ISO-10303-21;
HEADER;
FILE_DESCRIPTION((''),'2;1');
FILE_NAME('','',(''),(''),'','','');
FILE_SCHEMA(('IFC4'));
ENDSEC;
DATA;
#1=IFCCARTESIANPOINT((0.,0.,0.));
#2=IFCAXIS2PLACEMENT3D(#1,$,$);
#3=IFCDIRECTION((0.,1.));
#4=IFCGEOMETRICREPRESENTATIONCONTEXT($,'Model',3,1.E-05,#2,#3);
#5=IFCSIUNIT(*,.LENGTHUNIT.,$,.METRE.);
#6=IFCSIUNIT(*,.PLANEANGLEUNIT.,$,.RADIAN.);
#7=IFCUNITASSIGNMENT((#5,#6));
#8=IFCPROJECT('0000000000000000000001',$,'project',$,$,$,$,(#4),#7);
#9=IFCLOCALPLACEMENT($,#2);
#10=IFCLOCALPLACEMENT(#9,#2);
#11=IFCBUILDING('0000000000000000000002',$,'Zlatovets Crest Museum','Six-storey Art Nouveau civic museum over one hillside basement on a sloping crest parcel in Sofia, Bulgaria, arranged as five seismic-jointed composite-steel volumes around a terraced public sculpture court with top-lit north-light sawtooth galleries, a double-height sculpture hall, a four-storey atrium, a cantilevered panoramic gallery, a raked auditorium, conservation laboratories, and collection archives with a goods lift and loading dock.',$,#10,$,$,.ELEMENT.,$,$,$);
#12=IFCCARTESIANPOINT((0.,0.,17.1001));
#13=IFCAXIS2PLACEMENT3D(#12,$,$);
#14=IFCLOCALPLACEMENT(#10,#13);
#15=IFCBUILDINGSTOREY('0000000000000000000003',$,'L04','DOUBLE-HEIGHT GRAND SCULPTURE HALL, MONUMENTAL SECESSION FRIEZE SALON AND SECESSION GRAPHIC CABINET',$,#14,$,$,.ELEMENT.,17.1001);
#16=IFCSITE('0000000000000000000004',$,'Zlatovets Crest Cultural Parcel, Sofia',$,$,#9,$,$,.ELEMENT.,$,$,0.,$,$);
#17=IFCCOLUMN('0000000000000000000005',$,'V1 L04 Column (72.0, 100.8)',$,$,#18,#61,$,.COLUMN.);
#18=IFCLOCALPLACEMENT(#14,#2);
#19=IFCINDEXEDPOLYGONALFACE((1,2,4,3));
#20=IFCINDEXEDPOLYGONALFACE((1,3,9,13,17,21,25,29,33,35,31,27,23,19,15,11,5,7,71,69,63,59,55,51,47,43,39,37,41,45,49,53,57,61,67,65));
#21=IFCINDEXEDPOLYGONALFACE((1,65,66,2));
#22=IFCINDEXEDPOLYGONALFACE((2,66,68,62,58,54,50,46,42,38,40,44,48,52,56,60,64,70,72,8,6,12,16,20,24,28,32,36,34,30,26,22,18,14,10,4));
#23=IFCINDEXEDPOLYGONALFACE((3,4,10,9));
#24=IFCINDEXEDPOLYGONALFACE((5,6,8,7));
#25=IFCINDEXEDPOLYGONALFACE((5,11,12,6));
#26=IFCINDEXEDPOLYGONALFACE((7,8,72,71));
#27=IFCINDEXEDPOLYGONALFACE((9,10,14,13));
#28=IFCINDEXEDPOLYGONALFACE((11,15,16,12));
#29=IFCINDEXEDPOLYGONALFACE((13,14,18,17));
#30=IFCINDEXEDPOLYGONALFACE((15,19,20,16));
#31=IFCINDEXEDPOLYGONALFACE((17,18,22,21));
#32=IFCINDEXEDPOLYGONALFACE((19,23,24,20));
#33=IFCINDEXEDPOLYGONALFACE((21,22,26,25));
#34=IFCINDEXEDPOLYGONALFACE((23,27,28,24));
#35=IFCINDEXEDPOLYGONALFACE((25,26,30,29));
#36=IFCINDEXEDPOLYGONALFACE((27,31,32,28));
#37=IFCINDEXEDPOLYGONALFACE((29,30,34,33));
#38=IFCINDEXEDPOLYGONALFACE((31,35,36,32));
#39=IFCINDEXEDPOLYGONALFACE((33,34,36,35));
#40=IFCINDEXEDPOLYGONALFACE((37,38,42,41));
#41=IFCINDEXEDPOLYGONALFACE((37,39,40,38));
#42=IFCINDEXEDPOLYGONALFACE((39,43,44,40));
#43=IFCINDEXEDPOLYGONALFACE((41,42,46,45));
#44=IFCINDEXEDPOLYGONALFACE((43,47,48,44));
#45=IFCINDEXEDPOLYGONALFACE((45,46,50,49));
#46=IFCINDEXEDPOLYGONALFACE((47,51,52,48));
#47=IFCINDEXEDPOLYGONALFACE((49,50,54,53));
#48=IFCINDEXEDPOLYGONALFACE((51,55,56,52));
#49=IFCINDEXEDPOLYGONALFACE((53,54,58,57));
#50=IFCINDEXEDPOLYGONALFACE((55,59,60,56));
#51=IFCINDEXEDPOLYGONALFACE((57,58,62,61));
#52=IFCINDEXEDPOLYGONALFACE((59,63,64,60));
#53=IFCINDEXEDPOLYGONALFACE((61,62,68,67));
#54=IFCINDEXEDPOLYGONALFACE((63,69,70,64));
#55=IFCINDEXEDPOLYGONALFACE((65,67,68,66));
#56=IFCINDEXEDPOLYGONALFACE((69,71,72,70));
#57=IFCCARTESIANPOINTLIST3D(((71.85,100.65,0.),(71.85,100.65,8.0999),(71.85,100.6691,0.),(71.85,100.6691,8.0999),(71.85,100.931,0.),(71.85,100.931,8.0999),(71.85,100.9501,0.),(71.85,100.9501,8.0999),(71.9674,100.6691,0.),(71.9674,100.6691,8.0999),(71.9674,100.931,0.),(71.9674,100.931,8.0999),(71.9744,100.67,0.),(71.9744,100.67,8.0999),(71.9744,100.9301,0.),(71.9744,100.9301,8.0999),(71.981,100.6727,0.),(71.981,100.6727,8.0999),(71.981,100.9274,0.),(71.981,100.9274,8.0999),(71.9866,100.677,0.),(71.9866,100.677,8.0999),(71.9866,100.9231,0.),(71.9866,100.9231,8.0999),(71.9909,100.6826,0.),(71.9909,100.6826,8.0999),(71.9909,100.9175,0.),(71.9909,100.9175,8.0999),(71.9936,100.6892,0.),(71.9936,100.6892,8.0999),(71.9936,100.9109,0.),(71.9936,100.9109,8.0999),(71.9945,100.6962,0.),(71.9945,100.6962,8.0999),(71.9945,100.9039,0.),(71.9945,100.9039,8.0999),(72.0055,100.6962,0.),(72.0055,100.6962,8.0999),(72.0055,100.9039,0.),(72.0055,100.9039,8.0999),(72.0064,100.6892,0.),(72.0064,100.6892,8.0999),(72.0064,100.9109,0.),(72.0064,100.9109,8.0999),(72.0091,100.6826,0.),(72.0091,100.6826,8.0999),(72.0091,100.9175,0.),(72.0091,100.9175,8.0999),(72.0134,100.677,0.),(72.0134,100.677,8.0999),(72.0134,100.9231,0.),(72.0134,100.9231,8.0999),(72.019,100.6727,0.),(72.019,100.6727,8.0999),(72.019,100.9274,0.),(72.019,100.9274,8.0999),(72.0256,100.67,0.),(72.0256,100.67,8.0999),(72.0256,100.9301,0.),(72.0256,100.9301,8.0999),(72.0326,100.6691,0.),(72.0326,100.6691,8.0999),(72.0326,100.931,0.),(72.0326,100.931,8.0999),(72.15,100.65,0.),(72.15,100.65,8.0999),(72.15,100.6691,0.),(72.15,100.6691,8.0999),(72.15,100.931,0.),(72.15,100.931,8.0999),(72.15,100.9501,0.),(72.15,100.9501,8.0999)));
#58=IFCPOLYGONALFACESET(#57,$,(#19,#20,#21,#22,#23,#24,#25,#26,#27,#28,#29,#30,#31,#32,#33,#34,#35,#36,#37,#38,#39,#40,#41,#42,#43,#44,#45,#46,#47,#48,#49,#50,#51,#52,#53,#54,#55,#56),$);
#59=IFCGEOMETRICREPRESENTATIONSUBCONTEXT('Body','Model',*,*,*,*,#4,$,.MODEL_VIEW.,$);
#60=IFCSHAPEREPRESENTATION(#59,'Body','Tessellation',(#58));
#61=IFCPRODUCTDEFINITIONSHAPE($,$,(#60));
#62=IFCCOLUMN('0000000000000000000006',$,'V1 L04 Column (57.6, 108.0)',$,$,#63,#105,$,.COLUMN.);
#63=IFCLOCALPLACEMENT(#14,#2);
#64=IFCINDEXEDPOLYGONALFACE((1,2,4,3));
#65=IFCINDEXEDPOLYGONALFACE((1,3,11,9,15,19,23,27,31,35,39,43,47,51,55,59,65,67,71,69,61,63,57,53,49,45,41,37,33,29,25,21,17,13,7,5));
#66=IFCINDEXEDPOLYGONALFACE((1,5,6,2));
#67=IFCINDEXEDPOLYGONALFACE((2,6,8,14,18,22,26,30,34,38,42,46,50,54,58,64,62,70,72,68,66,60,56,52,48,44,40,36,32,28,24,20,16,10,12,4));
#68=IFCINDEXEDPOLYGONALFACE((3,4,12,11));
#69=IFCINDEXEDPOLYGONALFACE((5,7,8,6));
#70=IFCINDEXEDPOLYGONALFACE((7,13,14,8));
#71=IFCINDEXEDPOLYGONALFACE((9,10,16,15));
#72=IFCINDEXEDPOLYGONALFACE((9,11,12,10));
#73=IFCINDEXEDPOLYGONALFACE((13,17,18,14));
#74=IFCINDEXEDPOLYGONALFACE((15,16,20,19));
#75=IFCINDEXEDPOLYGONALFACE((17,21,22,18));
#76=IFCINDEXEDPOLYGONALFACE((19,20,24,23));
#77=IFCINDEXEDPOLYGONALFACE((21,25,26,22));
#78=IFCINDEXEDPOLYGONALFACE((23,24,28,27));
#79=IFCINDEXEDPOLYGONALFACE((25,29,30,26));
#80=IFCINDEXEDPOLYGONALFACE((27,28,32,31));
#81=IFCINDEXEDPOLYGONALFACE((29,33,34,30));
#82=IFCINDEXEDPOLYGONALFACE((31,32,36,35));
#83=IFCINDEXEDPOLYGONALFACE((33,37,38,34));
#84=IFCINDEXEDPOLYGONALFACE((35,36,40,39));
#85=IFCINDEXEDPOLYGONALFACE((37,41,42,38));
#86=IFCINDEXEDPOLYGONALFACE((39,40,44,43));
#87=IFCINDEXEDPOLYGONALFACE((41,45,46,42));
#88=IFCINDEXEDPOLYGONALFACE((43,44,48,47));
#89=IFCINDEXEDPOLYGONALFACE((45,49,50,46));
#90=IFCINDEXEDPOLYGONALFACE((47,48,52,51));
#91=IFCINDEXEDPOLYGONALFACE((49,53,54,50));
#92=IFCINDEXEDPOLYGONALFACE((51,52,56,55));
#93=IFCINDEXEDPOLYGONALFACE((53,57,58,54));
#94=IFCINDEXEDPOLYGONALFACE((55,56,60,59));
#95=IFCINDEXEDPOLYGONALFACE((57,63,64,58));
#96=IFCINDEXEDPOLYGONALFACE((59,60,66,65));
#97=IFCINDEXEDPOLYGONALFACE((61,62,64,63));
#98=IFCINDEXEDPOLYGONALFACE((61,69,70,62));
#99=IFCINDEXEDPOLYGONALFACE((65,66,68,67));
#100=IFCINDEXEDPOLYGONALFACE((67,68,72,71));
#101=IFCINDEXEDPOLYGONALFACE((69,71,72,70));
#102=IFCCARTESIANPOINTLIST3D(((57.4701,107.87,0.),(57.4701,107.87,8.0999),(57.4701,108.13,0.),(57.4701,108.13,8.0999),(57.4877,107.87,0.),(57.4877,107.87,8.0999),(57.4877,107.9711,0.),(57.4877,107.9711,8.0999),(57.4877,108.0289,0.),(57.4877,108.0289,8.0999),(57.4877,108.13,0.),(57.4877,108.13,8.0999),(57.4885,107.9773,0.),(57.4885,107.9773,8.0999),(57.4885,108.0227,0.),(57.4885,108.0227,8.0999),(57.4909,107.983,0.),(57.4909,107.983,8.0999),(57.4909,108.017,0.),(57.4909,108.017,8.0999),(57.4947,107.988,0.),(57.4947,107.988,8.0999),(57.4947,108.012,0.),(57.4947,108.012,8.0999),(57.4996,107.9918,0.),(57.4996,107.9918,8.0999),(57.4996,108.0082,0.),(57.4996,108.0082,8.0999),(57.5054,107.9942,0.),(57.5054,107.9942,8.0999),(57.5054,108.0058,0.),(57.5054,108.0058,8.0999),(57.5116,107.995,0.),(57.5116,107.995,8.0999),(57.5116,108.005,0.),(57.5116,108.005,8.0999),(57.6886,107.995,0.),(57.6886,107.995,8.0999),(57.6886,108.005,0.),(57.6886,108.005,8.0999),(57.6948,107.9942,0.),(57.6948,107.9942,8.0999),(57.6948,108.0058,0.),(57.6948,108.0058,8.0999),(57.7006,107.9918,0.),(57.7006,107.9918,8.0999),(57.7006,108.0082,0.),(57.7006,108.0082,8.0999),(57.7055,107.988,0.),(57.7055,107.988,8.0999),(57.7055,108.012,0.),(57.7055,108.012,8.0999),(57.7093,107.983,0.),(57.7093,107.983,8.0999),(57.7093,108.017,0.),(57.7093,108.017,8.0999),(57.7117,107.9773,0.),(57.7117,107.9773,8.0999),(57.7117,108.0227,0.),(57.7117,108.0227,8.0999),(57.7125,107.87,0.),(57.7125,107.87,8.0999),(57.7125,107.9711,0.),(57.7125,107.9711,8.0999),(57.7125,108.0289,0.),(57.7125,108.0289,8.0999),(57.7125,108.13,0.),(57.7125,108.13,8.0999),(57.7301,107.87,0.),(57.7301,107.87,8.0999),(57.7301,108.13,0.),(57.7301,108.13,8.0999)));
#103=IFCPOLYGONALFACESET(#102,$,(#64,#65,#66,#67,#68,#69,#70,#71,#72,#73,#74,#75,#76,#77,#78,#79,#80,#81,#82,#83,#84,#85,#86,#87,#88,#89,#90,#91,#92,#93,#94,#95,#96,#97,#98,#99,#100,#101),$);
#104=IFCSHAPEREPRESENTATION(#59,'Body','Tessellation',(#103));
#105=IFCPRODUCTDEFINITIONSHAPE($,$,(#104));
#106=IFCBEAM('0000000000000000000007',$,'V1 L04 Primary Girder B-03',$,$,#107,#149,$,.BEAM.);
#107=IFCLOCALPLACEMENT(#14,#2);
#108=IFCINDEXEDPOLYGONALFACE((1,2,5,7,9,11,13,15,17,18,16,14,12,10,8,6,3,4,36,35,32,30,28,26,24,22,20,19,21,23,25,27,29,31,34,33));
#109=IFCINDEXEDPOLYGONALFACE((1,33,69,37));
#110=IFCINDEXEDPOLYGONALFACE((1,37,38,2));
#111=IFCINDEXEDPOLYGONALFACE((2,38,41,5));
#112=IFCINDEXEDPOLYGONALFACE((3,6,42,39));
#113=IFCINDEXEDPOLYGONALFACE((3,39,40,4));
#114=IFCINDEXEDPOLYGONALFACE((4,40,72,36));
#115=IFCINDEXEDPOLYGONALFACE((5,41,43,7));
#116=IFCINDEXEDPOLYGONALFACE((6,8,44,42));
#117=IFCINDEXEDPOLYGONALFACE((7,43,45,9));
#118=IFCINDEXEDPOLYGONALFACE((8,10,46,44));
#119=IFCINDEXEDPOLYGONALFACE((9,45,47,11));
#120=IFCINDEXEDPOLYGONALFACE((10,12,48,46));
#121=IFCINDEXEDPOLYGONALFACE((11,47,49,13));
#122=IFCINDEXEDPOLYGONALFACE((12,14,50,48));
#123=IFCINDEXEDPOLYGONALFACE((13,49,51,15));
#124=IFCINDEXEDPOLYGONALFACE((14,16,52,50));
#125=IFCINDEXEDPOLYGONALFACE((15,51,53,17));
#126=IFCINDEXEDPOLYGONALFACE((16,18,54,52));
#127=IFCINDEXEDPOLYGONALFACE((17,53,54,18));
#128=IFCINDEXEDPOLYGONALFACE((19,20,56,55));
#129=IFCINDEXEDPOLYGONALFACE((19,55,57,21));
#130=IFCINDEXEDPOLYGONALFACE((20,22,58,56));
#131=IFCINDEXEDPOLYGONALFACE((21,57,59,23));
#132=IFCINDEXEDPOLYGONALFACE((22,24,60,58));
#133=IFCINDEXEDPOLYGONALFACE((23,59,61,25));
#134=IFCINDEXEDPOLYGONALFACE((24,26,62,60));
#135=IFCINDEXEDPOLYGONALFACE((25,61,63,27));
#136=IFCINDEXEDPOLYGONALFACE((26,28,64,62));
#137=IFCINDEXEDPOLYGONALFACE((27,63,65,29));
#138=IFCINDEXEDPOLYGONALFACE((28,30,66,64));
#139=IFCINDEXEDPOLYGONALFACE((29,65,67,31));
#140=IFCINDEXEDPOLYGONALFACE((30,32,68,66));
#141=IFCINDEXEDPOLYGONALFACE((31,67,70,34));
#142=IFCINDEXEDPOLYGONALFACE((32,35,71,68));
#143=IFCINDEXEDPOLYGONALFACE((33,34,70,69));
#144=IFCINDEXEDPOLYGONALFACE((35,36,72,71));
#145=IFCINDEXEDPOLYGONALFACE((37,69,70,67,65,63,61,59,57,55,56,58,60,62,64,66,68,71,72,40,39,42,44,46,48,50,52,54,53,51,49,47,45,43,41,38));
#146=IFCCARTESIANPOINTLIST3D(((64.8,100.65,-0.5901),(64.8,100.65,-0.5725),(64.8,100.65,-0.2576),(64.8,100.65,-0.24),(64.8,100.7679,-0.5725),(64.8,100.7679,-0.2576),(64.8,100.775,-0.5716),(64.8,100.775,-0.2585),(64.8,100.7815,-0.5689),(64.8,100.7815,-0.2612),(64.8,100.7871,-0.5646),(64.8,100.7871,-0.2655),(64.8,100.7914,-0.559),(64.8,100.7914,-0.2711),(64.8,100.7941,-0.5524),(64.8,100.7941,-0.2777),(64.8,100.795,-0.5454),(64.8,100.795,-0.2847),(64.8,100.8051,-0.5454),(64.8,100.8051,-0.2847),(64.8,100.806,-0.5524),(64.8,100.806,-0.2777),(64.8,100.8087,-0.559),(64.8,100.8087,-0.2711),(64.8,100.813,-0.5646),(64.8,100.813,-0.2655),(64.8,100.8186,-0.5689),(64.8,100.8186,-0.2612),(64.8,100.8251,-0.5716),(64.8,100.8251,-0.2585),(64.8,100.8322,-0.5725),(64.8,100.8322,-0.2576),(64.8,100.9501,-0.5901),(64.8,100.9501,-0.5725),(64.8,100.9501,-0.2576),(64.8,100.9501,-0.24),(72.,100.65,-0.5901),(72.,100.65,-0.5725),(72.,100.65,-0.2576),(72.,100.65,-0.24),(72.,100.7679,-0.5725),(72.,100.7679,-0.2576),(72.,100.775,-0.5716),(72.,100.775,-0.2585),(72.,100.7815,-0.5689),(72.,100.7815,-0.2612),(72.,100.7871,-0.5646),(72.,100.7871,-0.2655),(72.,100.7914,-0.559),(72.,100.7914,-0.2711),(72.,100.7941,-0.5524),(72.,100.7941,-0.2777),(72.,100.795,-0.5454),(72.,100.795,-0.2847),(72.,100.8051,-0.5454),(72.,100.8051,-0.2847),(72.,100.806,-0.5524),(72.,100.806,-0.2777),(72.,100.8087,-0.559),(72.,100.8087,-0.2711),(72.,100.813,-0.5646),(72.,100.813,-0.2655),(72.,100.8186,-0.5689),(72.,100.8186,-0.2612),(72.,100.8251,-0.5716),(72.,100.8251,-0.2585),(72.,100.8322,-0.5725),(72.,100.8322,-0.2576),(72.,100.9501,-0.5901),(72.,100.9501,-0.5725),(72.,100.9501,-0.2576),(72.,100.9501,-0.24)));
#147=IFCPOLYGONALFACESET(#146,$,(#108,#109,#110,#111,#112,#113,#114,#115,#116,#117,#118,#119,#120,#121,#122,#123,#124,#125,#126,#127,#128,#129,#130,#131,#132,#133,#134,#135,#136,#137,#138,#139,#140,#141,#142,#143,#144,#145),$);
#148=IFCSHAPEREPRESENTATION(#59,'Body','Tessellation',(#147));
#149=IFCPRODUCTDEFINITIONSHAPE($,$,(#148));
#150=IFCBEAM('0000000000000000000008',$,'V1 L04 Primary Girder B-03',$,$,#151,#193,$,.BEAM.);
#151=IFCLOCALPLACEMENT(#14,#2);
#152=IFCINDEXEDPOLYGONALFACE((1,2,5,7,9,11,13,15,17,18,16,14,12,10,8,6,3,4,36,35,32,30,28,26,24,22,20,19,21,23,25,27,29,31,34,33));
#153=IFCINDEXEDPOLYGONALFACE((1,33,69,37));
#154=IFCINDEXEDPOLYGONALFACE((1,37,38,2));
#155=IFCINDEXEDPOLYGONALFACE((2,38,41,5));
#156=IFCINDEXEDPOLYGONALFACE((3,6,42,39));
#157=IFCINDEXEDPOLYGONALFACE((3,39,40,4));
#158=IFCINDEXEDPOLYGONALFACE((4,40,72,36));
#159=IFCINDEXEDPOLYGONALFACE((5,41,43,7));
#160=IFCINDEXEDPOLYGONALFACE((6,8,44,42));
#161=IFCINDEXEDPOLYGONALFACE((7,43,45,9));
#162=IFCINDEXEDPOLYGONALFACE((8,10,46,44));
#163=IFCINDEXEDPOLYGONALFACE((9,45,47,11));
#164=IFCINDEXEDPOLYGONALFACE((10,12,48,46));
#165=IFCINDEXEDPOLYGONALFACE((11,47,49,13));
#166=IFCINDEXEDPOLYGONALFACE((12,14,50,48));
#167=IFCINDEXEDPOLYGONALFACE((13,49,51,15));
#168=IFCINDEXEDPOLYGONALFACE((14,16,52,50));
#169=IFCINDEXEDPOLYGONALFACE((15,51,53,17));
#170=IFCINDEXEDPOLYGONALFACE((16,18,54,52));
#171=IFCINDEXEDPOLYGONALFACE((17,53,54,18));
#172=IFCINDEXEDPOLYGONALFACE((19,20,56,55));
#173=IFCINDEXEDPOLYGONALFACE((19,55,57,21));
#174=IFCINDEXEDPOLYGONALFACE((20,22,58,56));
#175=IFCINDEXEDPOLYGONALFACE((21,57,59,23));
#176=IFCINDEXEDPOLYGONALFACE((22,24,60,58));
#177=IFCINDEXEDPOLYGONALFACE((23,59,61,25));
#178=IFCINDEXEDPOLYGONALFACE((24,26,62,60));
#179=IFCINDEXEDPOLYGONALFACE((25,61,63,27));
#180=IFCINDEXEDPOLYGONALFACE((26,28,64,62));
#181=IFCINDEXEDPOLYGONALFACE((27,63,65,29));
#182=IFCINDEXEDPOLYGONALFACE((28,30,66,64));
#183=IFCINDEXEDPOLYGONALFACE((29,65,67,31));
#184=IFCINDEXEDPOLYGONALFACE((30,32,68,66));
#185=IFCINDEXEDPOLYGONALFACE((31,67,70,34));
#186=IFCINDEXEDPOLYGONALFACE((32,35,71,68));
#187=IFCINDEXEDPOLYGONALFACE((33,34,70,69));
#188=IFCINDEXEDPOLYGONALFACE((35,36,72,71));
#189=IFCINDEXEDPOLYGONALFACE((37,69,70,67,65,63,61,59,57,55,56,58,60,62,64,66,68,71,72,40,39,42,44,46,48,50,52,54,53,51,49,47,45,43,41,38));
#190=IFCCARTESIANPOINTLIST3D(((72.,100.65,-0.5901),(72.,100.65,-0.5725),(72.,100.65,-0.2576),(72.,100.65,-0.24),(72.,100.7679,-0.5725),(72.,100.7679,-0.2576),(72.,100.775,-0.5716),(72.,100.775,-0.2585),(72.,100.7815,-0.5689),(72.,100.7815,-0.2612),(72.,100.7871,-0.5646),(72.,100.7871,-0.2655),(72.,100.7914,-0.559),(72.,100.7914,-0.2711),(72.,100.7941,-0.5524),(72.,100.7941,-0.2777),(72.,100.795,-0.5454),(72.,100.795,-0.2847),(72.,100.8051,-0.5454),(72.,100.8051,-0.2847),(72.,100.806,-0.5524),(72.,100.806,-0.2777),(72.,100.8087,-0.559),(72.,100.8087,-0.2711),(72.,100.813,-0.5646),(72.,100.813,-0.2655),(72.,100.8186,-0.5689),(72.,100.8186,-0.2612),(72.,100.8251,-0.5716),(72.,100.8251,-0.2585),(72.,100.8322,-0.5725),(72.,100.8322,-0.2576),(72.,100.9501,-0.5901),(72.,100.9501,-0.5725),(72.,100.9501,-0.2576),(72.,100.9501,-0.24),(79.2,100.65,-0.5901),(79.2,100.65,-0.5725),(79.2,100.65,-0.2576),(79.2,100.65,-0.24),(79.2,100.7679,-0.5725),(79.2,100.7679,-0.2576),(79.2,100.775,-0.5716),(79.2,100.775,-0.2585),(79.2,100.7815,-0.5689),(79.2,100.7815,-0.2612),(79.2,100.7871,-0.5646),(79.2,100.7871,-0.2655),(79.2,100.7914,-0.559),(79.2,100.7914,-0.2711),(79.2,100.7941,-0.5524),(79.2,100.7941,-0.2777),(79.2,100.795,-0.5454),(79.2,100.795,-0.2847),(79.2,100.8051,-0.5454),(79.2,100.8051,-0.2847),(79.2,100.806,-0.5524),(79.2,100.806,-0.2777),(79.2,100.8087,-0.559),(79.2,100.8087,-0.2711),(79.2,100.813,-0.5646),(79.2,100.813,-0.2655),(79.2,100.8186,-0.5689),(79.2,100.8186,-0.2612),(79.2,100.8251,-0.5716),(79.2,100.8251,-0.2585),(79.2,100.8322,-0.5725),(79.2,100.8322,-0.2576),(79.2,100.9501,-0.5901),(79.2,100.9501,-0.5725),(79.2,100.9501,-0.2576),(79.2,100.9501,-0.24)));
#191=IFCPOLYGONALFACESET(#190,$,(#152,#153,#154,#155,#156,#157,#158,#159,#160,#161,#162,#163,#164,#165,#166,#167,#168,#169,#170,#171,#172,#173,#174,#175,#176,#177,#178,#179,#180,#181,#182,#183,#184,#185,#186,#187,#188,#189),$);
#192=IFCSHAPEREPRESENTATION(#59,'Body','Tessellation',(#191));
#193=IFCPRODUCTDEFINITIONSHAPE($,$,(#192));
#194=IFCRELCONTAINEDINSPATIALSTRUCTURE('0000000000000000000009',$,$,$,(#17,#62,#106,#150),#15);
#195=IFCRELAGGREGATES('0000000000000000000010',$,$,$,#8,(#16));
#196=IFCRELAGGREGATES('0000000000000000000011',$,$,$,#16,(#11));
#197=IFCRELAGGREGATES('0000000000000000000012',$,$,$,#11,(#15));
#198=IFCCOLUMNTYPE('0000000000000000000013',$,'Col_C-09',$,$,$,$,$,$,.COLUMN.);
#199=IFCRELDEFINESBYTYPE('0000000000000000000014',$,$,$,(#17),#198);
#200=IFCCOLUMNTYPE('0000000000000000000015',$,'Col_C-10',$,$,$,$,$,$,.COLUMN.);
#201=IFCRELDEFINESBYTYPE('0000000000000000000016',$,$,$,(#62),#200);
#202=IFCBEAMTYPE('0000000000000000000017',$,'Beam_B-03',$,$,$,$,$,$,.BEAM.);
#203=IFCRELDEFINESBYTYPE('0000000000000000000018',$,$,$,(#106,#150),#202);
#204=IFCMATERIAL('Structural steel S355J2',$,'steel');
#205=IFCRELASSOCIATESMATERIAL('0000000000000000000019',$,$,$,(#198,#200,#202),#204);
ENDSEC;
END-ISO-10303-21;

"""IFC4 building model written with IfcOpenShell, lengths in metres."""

from ifc_helpers import new_model, si_unit, direction, frame, origin, origin_2d, place, context, subcontext, project, spatial, i_section, extrude, material, material_profile, profile_set, type_object, element, save


model = new_model("IFC4")

# Units and contexts
model_context = context("Model", 3, precision=1e-05, world=origin(), true_north=direction((0.0, 1.0)))
body_context = subcontext(model_context, "Body", "Model", "MODEL_VIEW")
ifc_project = project(units=[si_unit("LENGTHUNIT", "METRE"), si_unit("PLANEANGLEUNIT", "RADIAN")], contexts=[model_context])

# Site, building, storey
site_placement = place(None, origin())
site = spatial("IfcSite", under=ifc_project, at=site_placement, Name="Zlatovets Crest Cultural Parcel, Sofia", CompositionType="ELEMENT", RefElevation=0.0)
building_placement = place(site_placement, origin())
building = spatial("IfcBuilding", under=site, at=building_placement, Name="Zlatovets Crest Museum", Description="Six-storey Art Nouveau civic museum over one hillside basement on a sloping crest parcel in Sofia, Bulgaria, arranged as five seismic-jointed composite-steel volumes around a terraced public sculpture court with top-lit north-light sawtooth galleries, a double-height sculpture hall, a four-storey atrium, a cantilevered panoramic gallery, a raked auditorium, conservation laboratories, and collection archives with a goods lift and loading dock.", CompositionType="ELEMENT")
storey_placement = place(building_placement, frame((0.0, 0.0, 17.1001)))
storey = spatial("IfcBuildingStorey", under=building, at=storey_placement, Name="L04", Description="DOUBLE-HEIGHT GRAND SCULPTURE HALL, MONUMENTAL SECESSION FRIEZE SALON AND SECESSION GRAPHIC CABINET", CompositionType="ELEMENT", Elevation=17.1001)

# Columns
ifc_material_1 = material(Name="Structural steel S355J2", Category="steel")
ifc_material_profile_1 = material_profile(ifc_material_1, i_section(OverallWidth=0.3, OverallDepth=0.3, WebThickness=0.011, FlangeThickness=0.019, FilletRadius=0.0271, at=origin_2d()), Name="HEB 300")
ifc_profile_set_1 = profile_set([ifc_material_profile_1], Name="Structural steel S355J2")
column_type_1 = type_object("IfcColumnType", Name="Col_C-09", PredefinedType="COLUMN", material=ifc_profile_set_1)
column_1_placement = place(storey_placement, frame((72.0, 100.8, 0.0), z_axis=(0.0, 0.0, 1.0), x_axis=(1.0, 0.0, 0.0)))
element("IfcColumn", 1, at=column_1_placement, inside=storey, type_object=column_type_1, Name="V1 L04 Column (72.0, 100.8)", PredefinedType="COLUMN", context=body_context, shape_type="SweptSolid", body=[
    extrude(i_section(OverallWidth=0.3, OverallDepth=0.3, WebThickness=0.011, FlangeThickness=0.019, FilletRadius=0.0271, at=origin_2d()), origin(), (0.0, 0.0, 1.0), 8.0999),
])
ifc_material_profile_2 = material_profile(ifc_material_1, i_section(OverallWidth=0.26, OverallDepth=0.26, WebThickness=0.01, FlangeThickness=0.0176, FilletRadius=0.0239, at=origin_2d()), Name="HEB 260")
ifc_profile_set_2 = profile_set([ifc_material_profile_2], Name="Structural steel S355J2")
column_type_2 = type_object("IfcColumnType", Name="Col_C-10", PredefinedType="COLUMN", material=ifc_profile_set_2)
column_2_placement = place(storey_placement, frame((57.6001, 108.0, 0.0), z_axis=(0.0, 0.0, 1.0), x_axis=(0.0, 1.0, 0.0)))
element("IfcColumn", 2, at=column_2_placement, inside=storey, type_object=column_type_2, Name="V1 L04 Column (57.6, 108.0)", PredefinedType="COLUMN", context=body_context, shape_type="SweptSolid", body=[
    extrude(i_section(OverallWidth=0.26, OverallDepth=0.26, WebThickness=0.01, FlangeThickness=0.0176, FilletRadius=0.0239, at=origin_2d()), origin(), (0.0, 0.0, 1.0), 8.0999),
])

# Beams
ifc_material_profile_3 = material_profile(ifc_material_1, i_section(OverallWidth=0.3, OverallDepth=0.3501, WebThickness=0.01, FlangeThickness=0.0176, FilletRadius=0.0271, at=origin_2d()), Name="HEA 360")
ifc_profile_set_3 = profile_set([ifc_material_profile_3], Name="Structural steel S355J2")
beam_type_1 = type_object("IfcBeamType", Name="Beam_B-03", PredefinedType="BEAM", material=ifc_profile_set_3)
for number, where, z_axis, x_axis, name in (
    (3, (64.8, 100.8, -0.415), (1.0, 0.0, 0.0), (0.0, 1.0, 0.0), "V1 L04 Primary Girder B-03"),
    (4, (72.0, 100.8, -0.415), (1.0, 0.0, 0.0), (0.0, 1.0, 0.0), "V1 L04 Primary Girder B-03"),
):
    element("IfcBeam", number, at=place(storey_placement, frame(where, z_axis=z_axis, x_axis=x_axis)), inside=storey, type_object=beam_type_1, Name=name, PredefinedType="BEAM", context=body_context, shape_type="SweptSolid", body=[
        extrude(i_section(OverallWidth=0.3, OverallDepth=0.3501, WebThickness=0.01, FlangeThickness=0.0176, FilletRadius=0.0271, at=origin_2d()), origin(), (0.0, 0.0, 1.0), 7.2),
    ])

save(model, "model.ifc")
